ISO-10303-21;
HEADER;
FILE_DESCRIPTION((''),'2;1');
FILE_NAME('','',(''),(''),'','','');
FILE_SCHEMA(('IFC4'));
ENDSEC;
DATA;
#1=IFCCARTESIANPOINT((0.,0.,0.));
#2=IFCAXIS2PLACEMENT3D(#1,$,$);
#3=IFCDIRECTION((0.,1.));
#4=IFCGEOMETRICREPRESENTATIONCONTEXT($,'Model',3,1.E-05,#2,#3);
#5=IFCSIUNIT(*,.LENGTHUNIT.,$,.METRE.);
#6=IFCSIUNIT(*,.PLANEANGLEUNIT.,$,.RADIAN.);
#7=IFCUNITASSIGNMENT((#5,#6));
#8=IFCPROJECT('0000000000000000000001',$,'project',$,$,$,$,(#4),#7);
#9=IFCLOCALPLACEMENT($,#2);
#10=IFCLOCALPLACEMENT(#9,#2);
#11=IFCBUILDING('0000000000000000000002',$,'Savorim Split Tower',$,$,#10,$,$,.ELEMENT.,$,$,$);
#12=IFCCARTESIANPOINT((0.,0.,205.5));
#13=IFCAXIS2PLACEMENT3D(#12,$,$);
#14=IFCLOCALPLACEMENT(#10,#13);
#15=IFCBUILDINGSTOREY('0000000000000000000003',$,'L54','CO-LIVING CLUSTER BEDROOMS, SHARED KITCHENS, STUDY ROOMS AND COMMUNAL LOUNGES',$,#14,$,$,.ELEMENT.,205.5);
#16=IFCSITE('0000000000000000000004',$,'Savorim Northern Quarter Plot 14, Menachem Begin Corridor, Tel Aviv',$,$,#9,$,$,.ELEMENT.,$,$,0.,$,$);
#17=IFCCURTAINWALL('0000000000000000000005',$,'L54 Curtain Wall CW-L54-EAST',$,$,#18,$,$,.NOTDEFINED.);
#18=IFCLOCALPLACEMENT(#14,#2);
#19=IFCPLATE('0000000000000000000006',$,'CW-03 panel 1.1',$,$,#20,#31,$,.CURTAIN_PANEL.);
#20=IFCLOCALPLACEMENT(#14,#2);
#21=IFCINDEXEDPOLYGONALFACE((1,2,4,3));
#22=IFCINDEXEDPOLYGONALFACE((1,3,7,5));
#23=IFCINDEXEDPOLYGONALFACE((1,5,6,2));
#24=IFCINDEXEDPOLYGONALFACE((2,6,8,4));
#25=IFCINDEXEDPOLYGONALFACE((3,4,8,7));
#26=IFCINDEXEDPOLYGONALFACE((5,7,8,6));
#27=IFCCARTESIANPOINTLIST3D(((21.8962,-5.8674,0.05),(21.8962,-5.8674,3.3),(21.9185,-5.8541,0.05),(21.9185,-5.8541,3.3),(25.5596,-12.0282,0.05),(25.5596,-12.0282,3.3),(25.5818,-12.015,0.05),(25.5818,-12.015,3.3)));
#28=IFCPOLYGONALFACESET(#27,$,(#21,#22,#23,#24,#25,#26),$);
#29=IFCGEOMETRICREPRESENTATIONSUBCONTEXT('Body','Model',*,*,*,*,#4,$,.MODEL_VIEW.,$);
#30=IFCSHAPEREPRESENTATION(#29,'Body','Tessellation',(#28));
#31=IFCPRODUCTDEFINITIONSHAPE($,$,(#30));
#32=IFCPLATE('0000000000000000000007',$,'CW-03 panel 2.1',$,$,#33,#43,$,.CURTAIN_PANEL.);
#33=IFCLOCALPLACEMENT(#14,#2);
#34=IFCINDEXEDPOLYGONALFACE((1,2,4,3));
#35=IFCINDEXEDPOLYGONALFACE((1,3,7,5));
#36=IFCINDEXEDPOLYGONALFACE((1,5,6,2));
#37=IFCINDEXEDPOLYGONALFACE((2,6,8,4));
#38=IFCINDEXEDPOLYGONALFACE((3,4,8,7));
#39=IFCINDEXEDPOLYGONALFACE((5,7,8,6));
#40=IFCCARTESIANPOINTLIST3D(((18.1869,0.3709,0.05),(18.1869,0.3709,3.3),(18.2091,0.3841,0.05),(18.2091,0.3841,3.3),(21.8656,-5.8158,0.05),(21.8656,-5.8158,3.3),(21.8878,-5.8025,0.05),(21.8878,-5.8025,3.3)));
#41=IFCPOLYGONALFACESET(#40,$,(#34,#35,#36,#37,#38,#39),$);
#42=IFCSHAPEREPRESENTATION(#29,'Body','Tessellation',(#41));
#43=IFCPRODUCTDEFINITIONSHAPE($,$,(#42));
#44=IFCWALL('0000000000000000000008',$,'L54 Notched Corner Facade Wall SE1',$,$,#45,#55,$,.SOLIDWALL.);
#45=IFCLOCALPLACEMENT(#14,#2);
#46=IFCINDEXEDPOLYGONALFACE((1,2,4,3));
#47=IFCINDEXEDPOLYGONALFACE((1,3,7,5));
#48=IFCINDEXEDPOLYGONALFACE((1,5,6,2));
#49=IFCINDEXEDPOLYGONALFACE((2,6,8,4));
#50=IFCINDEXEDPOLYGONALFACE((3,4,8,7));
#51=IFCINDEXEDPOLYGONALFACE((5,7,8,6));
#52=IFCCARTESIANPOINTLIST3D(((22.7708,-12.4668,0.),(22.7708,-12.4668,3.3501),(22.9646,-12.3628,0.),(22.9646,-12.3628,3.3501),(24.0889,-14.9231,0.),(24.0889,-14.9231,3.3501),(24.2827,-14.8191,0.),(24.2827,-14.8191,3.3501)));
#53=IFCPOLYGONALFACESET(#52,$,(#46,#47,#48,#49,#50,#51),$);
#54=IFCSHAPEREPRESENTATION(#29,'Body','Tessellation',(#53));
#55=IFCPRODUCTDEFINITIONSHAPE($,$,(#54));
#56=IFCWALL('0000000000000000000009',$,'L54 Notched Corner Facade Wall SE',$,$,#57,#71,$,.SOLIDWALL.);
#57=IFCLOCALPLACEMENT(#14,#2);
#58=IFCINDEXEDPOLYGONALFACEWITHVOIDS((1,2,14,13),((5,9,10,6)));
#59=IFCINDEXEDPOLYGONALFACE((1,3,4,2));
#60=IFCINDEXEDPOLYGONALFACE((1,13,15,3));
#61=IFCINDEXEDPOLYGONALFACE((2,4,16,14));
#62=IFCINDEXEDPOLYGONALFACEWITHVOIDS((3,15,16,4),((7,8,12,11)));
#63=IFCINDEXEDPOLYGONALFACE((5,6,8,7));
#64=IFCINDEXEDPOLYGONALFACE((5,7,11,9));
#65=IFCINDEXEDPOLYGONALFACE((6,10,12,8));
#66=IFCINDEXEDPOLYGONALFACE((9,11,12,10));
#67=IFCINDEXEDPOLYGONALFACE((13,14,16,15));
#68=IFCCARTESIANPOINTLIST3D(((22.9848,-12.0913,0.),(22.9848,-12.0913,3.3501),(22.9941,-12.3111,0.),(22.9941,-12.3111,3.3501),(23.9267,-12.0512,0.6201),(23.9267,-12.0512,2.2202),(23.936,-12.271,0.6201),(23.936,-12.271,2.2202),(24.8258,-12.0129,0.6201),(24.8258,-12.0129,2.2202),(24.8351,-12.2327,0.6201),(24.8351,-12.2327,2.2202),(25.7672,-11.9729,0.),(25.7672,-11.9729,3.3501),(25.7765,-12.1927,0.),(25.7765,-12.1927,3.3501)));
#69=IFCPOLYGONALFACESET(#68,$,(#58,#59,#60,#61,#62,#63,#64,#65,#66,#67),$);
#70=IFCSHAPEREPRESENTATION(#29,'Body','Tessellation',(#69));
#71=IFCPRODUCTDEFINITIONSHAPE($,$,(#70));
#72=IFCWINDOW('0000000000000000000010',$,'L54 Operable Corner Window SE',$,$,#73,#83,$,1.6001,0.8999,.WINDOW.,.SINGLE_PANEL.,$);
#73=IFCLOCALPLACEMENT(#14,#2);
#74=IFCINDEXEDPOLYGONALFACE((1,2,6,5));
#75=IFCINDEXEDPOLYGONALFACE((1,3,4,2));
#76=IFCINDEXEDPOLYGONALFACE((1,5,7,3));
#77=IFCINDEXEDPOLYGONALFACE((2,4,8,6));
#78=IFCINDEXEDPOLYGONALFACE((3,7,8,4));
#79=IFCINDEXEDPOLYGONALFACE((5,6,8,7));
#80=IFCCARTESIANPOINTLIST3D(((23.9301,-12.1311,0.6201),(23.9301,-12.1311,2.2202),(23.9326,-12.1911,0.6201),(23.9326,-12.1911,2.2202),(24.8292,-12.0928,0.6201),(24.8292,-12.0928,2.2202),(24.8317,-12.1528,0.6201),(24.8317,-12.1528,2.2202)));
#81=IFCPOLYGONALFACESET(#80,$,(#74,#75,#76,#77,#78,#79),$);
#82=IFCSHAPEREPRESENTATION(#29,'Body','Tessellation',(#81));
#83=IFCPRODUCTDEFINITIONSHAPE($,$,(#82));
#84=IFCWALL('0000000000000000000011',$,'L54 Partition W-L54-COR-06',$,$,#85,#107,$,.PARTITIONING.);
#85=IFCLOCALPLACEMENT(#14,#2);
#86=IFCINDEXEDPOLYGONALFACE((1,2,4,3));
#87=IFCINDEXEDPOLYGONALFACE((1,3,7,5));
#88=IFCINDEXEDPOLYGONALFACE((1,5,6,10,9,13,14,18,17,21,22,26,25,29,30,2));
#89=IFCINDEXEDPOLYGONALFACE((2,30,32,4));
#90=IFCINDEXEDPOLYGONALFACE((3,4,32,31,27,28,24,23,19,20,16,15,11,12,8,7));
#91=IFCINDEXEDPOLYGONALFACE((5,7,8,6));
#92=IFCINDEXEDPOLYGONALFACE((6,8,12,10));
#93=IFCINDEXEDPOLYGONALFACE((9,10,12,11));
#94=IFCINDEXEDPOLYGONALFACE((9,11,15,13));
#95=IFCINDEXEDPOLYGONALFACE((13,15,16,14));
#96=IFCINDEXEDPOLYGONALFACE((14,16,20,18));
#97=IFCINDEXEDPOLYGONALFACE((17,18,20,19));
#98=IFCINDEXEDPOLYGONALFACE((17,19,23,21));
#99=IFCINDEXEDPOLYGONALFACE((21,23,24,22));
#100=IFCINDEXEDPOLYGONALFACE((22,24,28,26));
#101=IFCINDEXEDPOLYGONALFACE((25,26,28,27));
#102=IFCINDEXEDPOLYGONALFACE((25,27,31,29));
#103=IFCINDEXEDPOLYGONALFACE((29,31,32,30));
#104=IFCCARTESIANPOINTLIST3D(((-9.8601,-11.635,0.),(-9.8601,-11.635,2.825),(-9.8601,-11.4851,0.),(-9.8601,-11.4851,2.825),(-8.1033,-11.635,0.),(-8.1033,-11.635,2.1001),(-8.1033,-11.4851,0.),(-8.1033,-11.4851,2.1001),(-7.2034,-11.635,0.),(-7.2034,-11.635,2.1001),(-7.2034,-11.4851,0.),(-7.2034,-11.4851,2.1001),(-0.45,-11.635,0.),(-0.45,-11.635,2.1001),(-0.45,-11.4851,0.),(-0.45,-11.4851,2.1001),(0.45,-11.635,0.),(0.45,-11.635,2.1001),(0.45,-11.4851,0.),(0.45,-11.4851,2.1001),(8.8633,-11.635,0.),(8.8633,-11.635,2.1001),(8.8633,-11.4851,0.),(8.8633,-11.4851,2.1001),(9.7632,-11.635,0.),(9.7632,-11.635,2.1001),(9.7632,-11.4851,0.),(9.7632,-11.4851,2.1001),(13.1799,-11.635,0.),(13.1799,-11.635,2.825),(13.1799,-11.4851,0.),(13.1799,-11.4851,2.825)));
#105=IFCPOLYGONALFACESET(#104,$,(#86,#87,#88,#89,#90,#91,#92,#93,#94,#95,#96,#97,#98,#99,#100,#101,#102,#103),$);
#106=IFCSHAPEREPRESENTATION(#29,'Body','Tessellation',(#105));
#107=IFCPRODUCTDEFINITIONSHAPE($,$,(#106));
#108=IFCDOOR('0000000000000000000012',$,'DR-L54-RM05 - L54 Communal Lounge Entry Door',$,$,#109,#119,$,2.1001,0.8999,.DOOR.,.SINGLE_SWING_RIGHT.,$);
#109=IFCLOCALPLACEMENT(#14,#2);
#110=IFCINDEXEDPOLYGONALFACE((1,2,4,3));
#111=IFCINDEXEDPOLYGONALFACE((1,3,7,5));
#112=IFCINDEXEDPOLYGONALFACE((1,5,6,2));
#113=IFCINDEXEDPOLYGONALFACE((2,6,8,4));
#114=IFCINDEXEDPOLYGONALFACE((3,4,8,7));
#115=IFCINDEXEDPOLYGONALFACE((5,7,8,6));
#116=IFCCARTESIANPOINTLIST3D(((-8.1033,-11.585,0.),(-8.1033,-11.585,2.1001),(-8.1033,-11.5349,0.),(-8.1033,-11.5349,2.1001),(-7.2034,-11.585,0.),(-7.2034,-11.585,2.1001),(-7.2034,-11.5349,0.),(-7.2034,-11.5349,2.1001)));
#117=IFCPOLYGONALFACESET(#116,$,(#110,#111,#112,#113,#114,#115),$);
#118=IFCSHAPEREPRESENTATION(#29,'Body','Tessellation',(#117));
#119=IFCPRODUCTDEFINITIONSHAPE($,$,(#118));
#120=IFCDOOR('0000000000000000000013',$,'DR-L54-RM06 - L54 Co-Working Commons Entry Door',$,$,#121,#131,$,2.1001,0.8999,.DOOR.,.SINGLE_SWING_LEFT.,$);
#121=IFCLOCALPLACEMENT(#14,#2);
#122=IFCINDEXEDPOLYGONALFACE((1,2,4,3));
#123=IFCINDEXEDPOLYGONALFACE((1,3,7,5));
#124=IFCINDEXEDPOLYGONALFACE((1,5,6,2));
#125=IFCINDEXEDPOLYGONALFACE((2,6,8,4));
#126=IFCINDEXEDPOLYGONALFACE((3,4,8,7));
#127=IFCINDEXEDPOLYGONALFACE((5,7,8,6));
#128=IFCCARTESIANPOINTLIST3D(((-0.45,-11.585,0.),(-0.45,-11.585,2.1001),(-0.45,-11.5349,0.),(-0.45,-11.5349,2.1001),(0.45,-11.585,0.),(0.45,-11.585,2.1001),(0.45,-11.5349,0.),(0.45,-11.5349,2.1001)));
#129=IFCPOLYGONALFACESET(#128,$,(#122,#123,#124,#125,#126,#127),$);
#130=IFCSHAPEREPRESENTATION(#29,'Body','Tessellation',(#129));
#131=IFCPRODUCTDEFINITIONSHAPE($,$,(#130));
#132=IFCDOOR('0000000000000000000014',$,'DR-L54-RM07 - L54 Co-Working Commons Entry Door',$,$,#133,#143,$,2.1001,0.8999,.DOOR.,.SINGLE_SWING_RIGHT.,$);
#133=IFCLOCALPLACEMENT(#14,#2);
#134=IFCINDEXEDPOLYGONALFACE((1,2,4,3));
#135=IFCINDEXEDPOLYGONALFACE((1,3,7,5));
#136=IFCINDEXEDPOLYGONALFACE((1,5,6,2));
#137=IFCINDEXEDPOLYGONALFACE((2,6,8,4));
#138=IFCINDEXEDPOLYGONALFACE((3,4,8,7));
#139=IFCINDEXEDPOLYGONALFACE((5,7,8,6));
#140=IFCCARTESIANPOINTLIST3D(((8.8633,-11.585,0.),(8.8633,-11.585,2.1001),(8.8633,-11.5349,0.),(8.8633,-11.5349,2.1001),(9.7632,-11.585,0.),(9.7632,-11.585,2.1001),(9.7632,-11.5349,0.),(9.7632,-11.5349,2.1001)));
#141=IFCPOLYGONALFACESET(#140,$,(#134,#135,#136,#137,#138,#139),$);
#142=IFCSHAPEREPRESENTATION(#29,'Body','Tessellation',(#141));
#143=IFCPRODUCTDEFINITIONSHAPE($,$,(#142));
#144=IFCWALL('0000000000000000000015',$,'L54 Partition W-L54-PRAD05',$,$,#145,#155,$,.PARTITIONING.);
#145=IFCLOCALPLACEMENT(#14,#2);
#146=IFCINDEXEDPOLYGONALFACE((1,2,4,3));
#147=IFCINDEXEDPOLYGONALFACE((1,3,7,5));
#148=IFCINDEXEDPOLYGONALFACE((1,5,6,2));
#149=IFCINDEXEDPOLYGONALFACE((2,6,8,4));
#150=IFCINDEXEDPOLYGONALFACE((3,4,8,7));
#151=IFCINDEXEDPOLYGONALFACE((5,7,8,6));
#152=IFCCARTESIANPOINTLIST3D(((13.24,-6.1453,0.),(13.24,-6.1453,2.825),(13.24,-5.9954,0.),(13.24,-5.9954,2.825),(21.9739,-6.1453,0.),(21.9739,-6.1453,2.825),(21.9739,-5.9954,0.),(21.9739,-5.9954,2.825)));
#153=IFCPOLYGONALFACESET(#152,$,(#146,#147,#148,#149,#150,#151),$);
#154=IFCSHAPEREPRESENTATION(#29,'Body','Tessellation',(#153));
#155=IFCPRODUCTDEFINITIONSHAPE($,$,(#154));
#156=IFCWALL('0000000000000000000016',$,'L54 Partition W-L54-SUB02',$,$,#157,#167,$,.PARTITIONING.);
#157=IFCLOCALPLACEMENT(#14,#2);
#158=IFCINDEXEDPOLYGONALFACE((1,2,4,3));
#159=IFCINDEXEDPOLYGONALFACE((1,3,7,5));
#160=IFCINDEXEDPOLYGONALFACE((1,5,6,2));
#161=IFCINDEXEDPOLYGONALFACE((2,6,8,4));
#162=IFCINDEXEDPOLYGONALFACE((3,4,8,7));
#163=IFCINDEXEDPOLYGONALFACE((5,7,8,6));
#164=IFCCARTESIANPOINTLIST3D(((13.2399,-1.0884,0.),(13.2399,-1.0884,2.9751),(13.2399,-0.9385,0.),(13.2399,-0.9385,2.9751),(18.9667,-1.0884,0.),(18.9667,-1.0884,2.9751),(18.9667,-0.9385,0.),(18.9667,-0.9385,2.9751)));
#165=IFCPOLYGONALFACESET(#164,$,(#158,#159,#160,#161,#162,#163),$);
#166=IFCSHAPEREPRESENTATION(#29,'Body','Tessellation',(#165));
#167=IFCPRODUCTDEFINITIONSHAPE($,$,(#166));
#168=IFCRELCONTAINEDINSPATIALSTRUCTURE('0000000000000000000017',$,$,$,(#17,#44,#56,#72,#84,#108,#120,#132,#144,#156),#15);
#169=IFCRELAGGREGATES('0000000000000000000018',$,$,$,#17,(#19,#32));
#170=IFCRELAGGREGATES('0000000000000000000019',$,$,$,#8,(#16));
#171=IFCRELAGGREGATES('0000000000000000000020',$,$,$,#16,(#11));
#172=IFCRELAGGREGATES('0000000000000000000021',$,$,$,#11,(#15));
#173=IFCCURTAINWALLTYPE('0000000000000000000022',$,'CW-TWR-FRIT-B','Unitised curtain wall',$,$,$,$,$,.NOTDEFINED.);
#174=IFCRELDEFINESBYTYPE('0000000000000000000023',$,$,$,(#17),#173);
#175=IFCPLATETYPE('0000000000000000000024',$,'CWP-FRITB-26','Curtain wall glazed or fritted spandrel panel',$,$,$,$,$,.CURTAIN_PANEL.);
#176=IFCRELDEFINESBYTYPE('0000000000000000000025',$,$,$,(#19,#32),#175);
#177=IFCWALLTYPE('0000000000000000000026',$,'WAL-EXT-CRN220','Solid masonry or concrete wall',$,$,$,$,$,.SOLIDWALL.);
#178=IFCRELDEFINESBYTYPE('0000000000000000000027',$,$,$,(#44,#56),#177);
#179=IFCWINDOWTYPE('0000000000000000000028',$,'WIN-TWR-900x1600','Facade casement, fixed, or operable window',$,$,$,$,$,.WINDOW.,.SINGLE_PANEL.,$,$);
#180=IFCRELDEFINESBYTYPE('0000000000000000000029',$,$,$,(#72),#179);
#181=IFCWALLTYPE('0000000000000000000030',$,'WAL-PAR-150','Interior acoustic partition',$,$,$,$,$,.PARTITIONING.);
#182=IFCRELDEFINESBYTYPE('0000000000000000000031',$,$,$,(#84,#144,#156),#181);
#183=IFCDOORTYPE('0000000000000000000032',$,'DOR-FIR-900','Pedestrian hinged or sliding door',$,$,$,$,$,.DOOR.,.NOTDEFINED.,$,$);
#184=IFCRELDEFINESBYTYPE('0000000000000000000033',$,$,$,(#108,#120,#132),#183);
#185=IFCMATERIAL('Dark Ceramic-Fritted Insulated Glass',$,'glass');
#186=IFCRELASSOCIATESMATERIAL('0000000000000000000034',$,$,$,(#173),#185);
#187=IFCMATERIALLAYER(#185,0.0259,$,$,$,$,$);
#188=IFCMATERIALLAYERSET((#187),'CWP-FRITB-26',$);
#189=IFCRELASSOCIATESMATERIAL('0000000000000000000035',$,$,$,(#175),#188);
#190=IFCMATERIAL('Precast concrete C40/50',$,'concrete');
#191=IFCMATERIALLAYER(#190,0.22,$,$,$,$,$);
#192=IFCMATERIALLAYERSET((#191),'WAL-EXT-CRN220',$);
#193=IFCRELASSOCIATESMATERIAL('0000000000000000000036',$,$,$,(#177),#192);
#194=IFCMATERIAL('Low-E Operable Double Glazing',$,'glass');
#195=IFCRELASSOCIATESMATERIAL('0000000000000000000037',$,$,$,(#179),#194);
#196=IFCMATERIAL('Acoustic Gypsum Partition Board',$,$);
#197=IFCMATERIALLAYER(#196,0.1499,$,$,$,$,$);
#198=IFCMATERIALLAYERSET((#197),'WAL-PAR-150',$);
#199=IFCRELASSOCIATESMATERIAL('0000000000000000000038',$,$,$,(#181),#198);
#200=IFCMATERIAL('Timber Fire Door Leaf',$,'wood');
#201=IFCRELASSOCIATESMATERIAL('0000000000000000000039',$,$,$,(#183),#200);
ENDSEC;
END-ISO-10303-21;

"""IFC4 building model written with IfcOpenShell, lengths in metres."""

from ifc_helpers import new_model, si_unit, direction, frame, frame_2d, origin, origin_2d, place, context, subcontext, project, spatial, rectangle, extrude, material, layer, layer_set, type_object, element, fill, aggregate, save


model = new_model("IFC4")

# Units and contexts
model_context = context("Model", 3, precision=1e-05, world=origin(), true_north=direction((0.0, 1.0)))
body_context = subcontext(model_context, "Body", "Model", "MODEL_VIEW")
ifc_project = project(units=[si_unit("LENGTHUNIT", "METRE"), si_unit("PLANEANGLEUNIT", "RADIAN")], contexts=[model_context])

# Site, building, storey
site_placement = place(None, origin())
site = spatial("IfcSite", under=ifc_project, at=site_placement, Name="Savorim Northern Quarter Plot 14, Menachem Begin Corridor, Tel Aviv", CompositionType="ELEMENT", RefElevation=0.0)
building_placement = place(site_placement, origin())
building = spatial("IfcBuilding", under=site, at=building_placement, Name="Savorim Split Tower", CompositionType="ELEMENT")
storey_placement = place(building_placement, frame((0.0, 0.0, 205.5)))
storey = spatial("IfcBuildingStorey", under=building, at=storey_placement, Name="L54", Description="CO-LIVING CLUSTER BEDROOMS, SHARED KITCHENS, STUDY ROOMS AND COMMUNAL LOUNGES", CompositionType="ELEMENT", Elevation=205.5)

# Curtain wall, plates
ifc_material_1 = material(Name="Dark Ceramic-Fritted Insulated Glass", Category="glass")
curtain_wall_type = type_object("IfcCurtainWallType", Name="CW-TWR-FRIT-B", Description="Unitised curtain wall", PredefinedType="NOTDEFINED", material=ifc_material_1)
curtain_wall_placement = place(storey_placement, origin())
curtain_wall = element("IfcCurtainWall", 1, at=curtain_wall_placement, inside=storey, type_object=curtain_wall_type, Name="L54 Curtain Wall CW-L54-EAST", PredefinedType="NOTDEFINED")
ifc_layer_1 = layer(ifc_material_1, 0.0259)
ifc_layer_set_1 = layer_set([ifc_layer_1], Name="CWP-FRITB-26")
plate_type = type_object("IfcPlateType", Name="CWP-FRITB-26", Description="Curtain wall glazed or fritted spandrel panel", PredefinedType="CURTAIN_PANEL", material=ifc_layer_set_1)
plate_1_placement = place(storey_placement, frame((23.739, -8.9412, 0.05), z_axis=(0.0, 0.0, 1.0), x_axis=(-0.511092, 0.859526, 0.0)))
plate_1 = element("IfcPlate", 2, at=plate_1_placement, type_object=plate_type, Name="CW-03 panel 1.1", PredefinedType="CURTAIN_PANEL", context=body_context, shape_type="SweptSolid", body=[
    extrude(rectangle(XDim=7.1677, YDim=0.0259, at=origin_2d()), origin(), (0.0, 0.0, 1.0), 3.25),
])
plate_2_placement = place(storey_placement, frame((20.0374, -2.7158, 0.05), z_axis=(0.0, 0.0, 1.0), x_axis=(-0.511092, 0.859526, 0.0)))
plate_2 = element("IfcPlate", 3, at=plate_2_placement, type_object=plate_type, Name="CW-03 panel 2.1", PredefinedType="CURTAIN_PANEL", context=body_context, shape_type="SweptSolid", body=[
    extrude(rectangle(XDim=7.1978, YDim=0.0259, at=origin_2d()), origin(), (0.0, 0.0, 1.0), 3.25),
])
aggregate(curtain_wall, [plate_1, plate_2])

# Wall
ifc_material_2 = material(Name="Precast concrete C40/50", Category="concrete")
ifc_layer_2 = layer(ifc_material_2, 0.22)
ifc_layer_set_2 = layer_set([ifc_layer_2], Name="WAL-EXT-CRN220")
wall_type_1 = type_object("IfcWallType", Name="WAL-EXT-CRN220", Description="Solid masonry or concrete wall", PredefinedType="SOLIDWALL", material=ifc_layer_set_2)
wall_1_placement = place(storey_placement, frame((22.8677, -12.4148, 0.0), z_axis=(0.0, 0.0, 1.0), x_axis=(0.472846, -0.881145, 0.0)))
element("IfcWall", 4, at=wall_1_placement, inside=storey, type_object=wall_type_1, Name="L54 Notched Corner Facade Wall SE1", PredefinedType="SOLIDWALL", context=body_context, shape_type="SweptSolid", body=[
    extrude(rectangle(XDim=2.7876, YDim=0.22, at=frame_2d((1.3938, 0.0))), origin(), (0.0, 0.0, 1.0), 3.3501),
])

# Wall, opening, window
wall_2_placement = place(storey_placement, frame((25.772, -12.0828, 0.0), z_axis=(0.0, 0.0, 1.0), x_axis=(-0.999096, -0.042517, 0.0)))
wall_2 = element("IfcWall", 5, at=wall_2_placement, inside=storey, type_object=wall_type_1, Name="L54 Notched Corner Facade Wall SE", PredefinedType="SOLIDWALL", context=body_context, shape_type="SweptSolid", body=[
    extrude(rectangle(XDim=2.7849, YDim=0.22, at=frame_2d((1.3926, 0.0))), origin(), (0.0, 0.0, 1.0), 3.3501),
])
opening_1_placement = place(wall_2_placement, frame((0.9424, 0.0, 0.6201)))
opening_1 = element("IfcOpeningElement", 6, at=opening_1_placement, cuts=wall_2, PredefinedType="OPENING", context=body_context, shape_type="SweptSolid", body=[
    extrude(rectangle(XDim=0.8999, YDim=1.6001, at=frame_2d((0.45, 0.8))), frame((0.0, 0.1199, 0.0), z_axis=(0.0, -1.0, 0.0), x_axis=(1.0, 0.0, 0.0)), (0.0, 0.0, 1.0), 0.24),
])
ifc_material_3 = material(Name="Low-E Operable Double Glazing", Category="glass")
window_type = type_object("IfcWindowType", Name="WIN-TWR-900x1600", Description="Facade casement, fixed, or operable window", PartitioningType="SINGLE_PANEL", PredefinedType="WINDOW", material=ifc_material_3)
window_placement = place(opening_1_placement, origin())
window = element("IfcWindow", 7, at=window_placement, inside=storey, type_object=window_type, Name="L54 Operable Corner Window SE", OverallHeight=1.6001, OverallWidth=0.8999, PartitioningType="SINGLE_PANEL", PredefinedType="WINDOW", context=body_context, shape_type="SweptSolid", body=[
    extrude(rectangle(XDim=0.8999, YDim=1.6001, at=frame_2d((0.45, 0.8))), frame((0.0, 0.03, 0.0), z_axis=(0.0, -1.0, 0.0), x_axis=(1.0, 0.0, 0.0)), (0.0, 0.0, 1.0), 0.0601),
])
fill(opening_1, window)

# Wall, openings, doors
ifc_material_4 = material(Name="Acoustic Gypsum Partition Board")
ifc_layer_3 = layer(ifc_material_4, 0.1499)
ifc_layer_set_3 = layer_set([ifc_layer_3], Name="WAL-PAR-150")
wall_type_2 = type_object("IfcWallType", Name="WAL-PAR-150", Description="Interior acoustic partition", PredefinedType="PARTITIONING", material=ifc_layer_set_3)
wall_3_placement = place(storey_placement, frame((13.1799, -11.5601, 0.0), z_axis=(0.0, 0.0, 1.0), x_axis=(-1.0, 0.0, 0.0)))
wall_3 = element("IfcWall", 8, at=wall_3_placement, inside=storey, type_object=wall_type_2, Name="L54 Partition W-L54-COR-06", PredefinedType="PARTITIONING", context=body_context, shape_type="SweptSolid", body=[
    extrude(rectangle(XDim=23.04, YDim=0.1499, at=frame_2d((11.52, 0.0))), origin(), (0.0, 0.0, 1.0), 2.825),
])
opening_2_placement = place(wall_3_placement, frame((20.3833, 0.0, 0.0)))
opening_2 = element("IfcOpeningElement", 9, at=opening_2_placement, cuts=wall_3, PredefinedType="OPENING", context=body_context, shape_type="SweptSolid", body=[
    extrude(rectangle(XDim=0.8999, YDim=2.1001, at=frame_2d((0.45, 1.05))), frame((0.0, 0.085, 0.0), z_axis=(0.0, -1.0, 0.0), x_axis=(1.0, 0.0, 0.0)), (0.0, 0.0, 1.0), 0.1699),
])
opening_3_placement = place(wall_3_placement, frame((12.73, 0.0, 0.0)))
opening_3 = element("IfcOpeningElement", 10, at=opening_3_placement, cuts=wall_3, PredefinedType="OPENING", context=body_context, shape_type="SweptSolid", body=[
    extrude(rectangle(XDim=0.8999, YDim=2.1001, at=frame_2d((0.45, 1.05))), frame((0.0, 0.085, 0.0), z_axis=(0.0, -1.0, 0.0), x_axis=(1.0, 0.0, 0.0)), (0.0, 0.0, 1.0), 0.1699),
])
opening_4_placement = place(wall_3_placement, frame((3.4167, 0.0, 0.0)))
opening_4 = element("IfcOpeningElement", 11, at=opening_4_placement, cuts=wall_3, PredefinedType="OPENING", context=body_context, shape_type="SweptSolid", body=[
    extrude(rectangle(XDim=0.8999, YDim=2.1001, at=frame_2d((0.45, 1.05))), frame((0.0, 0.085, 0.0), z_axis=(0.0, -1.0, 0.0), x_axis=(1.0, 0.0, 0.0)), (0.0, 0.0, 1.0), 0.1699),
])
ifc_material_5 = material(Name="Timber Fire Door Leaf", Category="wood")
door_type = type_object("IfcDoorType", Name="DOR-FIR-900", Description="Pedestrian hinged or sliding door", OperationType="NOTDEFINED", PredefinedType="DOOR", material=ifc_material_5)
door_1_placement = place(opening_2_placement, origin())
door_1 = element("IfcDoor", 12, at=door_1_placement, inside=storey, type_object=door_type, Name="DR-L54-RM05 - L54 Communal Lounge Entry Door", OperationType="SINGLE_SWING_RIGHT", OverallHeight=2.1001, OverallWidth=0.8999, PredefinedType="DOOR", context=body_context, shape_type="SweptSolid", body=[
    extrude(rectangle(XDim=0.8999, YDim=2.1001, at=frame_2d((0.45, 1.05))), frame((0.0, 0.0249, 0.0), z_axis=(0.0, -1.0, 0.0), x_axis=(1.0, 0.0, 0.0)), (0.0, 0.0, 1.0), 0.05),
])
fill(opening_2, door_1)
door_2_placement = place(opening_3_placement, origin())
door_2 = element("IfcDoor", 13, at=door_2_placement, inside=storey, type_object=door_type, Name="DR-L54-RM06 - L54 Co-Working Commons Entry Door", OperationType="SINGLE_SWING_LEFT", OverallHeight=2.1001, OverallWidth=0.8999, PredefinedType="DOOR", context=body_context, shape_type="SweptSolid", body=[
    extrude(rectangle(XDim=0.8999, YDim=2.1001, at=frame_2d((0.45, 1.05))), frame((0.0, 0.0249, 0.0), z_axis=(0.0, -1.0, 0.0), x_axis=(1.0, 0.0, 0.0)), (0.0, 0.0, 1.0), 0.05),
])
fill(opening_3, door_2)
door_3_placement = place(opening_4_placement, origin())
door_3 = element("IfcDoor", 14, at=door_3_placement, inside=storey, type_object=door_type, Name="DR-L54-RM07 - L54 Co-Working Commons Entry Door", OperationType="SINGLE_SWING_RIGHT", OverallHeight=2.1001, OverallWidth=0.8999, PredefinedType="DOOR", context=body_context, shape_type="SweptSolid", body=[
    extrude(rectangle(XDim=0.8999, YDim=2.1001, at=frame_2d((0.45, 1.05))), frame((0.0, 0.0249, 0.0), z_axis=(0.0, -1.0, 0.0), x_axis=(1.0, 0.0, 0.0)), (0.0, 0.0, 1.0), 0.05),
])
fill(opening_4, door_3)

# Walls
wall_4_placement = place(storey_placement, frame((13.24, -6.0703, 0.0), z_axis=(0.0, 0.0, 1.0), x_axis=(1.0, 0.0, 0.0)))
element("IfcWall", 15, at=wall_4_placement, inside=storey, type_object=wall_type_2, Name="L54 Partition W-L54-PRAD05", PredefinedType="PARTITIONING", context=body_context, shape_type="SweptSolid", body=[
    extrude(rectangle(XDim=8.7339, YDim=0.1499, at=frame_2d((4.3669, 0.0))), origin(), (0.0, 0.0, 1.0), 2.825),
])
wall_5_placement = place(storey_placement, frame((13.24, -1.0134, 0.0), z_axis=(0.0, 0.0, 1.0), x_axis=(1.0, 0.0, 0.0)))
element("IfcWall", 16, at=wall_5_placement, inside=storey, type_object=wall_type_2, Name="L54 Partition W-L54-SUB02", PredefinedType="PARTITIONING", context=body_context, shape_type="SweptSolid", body=[
    extrude(rectangle(XDim=5.7268, YDim=0.1499, at=frame_2d((2.8633, 0.0))), origin(), (0.0, 0.0, 1.0), 2.9751),
])

save(model, "model.ifc")
